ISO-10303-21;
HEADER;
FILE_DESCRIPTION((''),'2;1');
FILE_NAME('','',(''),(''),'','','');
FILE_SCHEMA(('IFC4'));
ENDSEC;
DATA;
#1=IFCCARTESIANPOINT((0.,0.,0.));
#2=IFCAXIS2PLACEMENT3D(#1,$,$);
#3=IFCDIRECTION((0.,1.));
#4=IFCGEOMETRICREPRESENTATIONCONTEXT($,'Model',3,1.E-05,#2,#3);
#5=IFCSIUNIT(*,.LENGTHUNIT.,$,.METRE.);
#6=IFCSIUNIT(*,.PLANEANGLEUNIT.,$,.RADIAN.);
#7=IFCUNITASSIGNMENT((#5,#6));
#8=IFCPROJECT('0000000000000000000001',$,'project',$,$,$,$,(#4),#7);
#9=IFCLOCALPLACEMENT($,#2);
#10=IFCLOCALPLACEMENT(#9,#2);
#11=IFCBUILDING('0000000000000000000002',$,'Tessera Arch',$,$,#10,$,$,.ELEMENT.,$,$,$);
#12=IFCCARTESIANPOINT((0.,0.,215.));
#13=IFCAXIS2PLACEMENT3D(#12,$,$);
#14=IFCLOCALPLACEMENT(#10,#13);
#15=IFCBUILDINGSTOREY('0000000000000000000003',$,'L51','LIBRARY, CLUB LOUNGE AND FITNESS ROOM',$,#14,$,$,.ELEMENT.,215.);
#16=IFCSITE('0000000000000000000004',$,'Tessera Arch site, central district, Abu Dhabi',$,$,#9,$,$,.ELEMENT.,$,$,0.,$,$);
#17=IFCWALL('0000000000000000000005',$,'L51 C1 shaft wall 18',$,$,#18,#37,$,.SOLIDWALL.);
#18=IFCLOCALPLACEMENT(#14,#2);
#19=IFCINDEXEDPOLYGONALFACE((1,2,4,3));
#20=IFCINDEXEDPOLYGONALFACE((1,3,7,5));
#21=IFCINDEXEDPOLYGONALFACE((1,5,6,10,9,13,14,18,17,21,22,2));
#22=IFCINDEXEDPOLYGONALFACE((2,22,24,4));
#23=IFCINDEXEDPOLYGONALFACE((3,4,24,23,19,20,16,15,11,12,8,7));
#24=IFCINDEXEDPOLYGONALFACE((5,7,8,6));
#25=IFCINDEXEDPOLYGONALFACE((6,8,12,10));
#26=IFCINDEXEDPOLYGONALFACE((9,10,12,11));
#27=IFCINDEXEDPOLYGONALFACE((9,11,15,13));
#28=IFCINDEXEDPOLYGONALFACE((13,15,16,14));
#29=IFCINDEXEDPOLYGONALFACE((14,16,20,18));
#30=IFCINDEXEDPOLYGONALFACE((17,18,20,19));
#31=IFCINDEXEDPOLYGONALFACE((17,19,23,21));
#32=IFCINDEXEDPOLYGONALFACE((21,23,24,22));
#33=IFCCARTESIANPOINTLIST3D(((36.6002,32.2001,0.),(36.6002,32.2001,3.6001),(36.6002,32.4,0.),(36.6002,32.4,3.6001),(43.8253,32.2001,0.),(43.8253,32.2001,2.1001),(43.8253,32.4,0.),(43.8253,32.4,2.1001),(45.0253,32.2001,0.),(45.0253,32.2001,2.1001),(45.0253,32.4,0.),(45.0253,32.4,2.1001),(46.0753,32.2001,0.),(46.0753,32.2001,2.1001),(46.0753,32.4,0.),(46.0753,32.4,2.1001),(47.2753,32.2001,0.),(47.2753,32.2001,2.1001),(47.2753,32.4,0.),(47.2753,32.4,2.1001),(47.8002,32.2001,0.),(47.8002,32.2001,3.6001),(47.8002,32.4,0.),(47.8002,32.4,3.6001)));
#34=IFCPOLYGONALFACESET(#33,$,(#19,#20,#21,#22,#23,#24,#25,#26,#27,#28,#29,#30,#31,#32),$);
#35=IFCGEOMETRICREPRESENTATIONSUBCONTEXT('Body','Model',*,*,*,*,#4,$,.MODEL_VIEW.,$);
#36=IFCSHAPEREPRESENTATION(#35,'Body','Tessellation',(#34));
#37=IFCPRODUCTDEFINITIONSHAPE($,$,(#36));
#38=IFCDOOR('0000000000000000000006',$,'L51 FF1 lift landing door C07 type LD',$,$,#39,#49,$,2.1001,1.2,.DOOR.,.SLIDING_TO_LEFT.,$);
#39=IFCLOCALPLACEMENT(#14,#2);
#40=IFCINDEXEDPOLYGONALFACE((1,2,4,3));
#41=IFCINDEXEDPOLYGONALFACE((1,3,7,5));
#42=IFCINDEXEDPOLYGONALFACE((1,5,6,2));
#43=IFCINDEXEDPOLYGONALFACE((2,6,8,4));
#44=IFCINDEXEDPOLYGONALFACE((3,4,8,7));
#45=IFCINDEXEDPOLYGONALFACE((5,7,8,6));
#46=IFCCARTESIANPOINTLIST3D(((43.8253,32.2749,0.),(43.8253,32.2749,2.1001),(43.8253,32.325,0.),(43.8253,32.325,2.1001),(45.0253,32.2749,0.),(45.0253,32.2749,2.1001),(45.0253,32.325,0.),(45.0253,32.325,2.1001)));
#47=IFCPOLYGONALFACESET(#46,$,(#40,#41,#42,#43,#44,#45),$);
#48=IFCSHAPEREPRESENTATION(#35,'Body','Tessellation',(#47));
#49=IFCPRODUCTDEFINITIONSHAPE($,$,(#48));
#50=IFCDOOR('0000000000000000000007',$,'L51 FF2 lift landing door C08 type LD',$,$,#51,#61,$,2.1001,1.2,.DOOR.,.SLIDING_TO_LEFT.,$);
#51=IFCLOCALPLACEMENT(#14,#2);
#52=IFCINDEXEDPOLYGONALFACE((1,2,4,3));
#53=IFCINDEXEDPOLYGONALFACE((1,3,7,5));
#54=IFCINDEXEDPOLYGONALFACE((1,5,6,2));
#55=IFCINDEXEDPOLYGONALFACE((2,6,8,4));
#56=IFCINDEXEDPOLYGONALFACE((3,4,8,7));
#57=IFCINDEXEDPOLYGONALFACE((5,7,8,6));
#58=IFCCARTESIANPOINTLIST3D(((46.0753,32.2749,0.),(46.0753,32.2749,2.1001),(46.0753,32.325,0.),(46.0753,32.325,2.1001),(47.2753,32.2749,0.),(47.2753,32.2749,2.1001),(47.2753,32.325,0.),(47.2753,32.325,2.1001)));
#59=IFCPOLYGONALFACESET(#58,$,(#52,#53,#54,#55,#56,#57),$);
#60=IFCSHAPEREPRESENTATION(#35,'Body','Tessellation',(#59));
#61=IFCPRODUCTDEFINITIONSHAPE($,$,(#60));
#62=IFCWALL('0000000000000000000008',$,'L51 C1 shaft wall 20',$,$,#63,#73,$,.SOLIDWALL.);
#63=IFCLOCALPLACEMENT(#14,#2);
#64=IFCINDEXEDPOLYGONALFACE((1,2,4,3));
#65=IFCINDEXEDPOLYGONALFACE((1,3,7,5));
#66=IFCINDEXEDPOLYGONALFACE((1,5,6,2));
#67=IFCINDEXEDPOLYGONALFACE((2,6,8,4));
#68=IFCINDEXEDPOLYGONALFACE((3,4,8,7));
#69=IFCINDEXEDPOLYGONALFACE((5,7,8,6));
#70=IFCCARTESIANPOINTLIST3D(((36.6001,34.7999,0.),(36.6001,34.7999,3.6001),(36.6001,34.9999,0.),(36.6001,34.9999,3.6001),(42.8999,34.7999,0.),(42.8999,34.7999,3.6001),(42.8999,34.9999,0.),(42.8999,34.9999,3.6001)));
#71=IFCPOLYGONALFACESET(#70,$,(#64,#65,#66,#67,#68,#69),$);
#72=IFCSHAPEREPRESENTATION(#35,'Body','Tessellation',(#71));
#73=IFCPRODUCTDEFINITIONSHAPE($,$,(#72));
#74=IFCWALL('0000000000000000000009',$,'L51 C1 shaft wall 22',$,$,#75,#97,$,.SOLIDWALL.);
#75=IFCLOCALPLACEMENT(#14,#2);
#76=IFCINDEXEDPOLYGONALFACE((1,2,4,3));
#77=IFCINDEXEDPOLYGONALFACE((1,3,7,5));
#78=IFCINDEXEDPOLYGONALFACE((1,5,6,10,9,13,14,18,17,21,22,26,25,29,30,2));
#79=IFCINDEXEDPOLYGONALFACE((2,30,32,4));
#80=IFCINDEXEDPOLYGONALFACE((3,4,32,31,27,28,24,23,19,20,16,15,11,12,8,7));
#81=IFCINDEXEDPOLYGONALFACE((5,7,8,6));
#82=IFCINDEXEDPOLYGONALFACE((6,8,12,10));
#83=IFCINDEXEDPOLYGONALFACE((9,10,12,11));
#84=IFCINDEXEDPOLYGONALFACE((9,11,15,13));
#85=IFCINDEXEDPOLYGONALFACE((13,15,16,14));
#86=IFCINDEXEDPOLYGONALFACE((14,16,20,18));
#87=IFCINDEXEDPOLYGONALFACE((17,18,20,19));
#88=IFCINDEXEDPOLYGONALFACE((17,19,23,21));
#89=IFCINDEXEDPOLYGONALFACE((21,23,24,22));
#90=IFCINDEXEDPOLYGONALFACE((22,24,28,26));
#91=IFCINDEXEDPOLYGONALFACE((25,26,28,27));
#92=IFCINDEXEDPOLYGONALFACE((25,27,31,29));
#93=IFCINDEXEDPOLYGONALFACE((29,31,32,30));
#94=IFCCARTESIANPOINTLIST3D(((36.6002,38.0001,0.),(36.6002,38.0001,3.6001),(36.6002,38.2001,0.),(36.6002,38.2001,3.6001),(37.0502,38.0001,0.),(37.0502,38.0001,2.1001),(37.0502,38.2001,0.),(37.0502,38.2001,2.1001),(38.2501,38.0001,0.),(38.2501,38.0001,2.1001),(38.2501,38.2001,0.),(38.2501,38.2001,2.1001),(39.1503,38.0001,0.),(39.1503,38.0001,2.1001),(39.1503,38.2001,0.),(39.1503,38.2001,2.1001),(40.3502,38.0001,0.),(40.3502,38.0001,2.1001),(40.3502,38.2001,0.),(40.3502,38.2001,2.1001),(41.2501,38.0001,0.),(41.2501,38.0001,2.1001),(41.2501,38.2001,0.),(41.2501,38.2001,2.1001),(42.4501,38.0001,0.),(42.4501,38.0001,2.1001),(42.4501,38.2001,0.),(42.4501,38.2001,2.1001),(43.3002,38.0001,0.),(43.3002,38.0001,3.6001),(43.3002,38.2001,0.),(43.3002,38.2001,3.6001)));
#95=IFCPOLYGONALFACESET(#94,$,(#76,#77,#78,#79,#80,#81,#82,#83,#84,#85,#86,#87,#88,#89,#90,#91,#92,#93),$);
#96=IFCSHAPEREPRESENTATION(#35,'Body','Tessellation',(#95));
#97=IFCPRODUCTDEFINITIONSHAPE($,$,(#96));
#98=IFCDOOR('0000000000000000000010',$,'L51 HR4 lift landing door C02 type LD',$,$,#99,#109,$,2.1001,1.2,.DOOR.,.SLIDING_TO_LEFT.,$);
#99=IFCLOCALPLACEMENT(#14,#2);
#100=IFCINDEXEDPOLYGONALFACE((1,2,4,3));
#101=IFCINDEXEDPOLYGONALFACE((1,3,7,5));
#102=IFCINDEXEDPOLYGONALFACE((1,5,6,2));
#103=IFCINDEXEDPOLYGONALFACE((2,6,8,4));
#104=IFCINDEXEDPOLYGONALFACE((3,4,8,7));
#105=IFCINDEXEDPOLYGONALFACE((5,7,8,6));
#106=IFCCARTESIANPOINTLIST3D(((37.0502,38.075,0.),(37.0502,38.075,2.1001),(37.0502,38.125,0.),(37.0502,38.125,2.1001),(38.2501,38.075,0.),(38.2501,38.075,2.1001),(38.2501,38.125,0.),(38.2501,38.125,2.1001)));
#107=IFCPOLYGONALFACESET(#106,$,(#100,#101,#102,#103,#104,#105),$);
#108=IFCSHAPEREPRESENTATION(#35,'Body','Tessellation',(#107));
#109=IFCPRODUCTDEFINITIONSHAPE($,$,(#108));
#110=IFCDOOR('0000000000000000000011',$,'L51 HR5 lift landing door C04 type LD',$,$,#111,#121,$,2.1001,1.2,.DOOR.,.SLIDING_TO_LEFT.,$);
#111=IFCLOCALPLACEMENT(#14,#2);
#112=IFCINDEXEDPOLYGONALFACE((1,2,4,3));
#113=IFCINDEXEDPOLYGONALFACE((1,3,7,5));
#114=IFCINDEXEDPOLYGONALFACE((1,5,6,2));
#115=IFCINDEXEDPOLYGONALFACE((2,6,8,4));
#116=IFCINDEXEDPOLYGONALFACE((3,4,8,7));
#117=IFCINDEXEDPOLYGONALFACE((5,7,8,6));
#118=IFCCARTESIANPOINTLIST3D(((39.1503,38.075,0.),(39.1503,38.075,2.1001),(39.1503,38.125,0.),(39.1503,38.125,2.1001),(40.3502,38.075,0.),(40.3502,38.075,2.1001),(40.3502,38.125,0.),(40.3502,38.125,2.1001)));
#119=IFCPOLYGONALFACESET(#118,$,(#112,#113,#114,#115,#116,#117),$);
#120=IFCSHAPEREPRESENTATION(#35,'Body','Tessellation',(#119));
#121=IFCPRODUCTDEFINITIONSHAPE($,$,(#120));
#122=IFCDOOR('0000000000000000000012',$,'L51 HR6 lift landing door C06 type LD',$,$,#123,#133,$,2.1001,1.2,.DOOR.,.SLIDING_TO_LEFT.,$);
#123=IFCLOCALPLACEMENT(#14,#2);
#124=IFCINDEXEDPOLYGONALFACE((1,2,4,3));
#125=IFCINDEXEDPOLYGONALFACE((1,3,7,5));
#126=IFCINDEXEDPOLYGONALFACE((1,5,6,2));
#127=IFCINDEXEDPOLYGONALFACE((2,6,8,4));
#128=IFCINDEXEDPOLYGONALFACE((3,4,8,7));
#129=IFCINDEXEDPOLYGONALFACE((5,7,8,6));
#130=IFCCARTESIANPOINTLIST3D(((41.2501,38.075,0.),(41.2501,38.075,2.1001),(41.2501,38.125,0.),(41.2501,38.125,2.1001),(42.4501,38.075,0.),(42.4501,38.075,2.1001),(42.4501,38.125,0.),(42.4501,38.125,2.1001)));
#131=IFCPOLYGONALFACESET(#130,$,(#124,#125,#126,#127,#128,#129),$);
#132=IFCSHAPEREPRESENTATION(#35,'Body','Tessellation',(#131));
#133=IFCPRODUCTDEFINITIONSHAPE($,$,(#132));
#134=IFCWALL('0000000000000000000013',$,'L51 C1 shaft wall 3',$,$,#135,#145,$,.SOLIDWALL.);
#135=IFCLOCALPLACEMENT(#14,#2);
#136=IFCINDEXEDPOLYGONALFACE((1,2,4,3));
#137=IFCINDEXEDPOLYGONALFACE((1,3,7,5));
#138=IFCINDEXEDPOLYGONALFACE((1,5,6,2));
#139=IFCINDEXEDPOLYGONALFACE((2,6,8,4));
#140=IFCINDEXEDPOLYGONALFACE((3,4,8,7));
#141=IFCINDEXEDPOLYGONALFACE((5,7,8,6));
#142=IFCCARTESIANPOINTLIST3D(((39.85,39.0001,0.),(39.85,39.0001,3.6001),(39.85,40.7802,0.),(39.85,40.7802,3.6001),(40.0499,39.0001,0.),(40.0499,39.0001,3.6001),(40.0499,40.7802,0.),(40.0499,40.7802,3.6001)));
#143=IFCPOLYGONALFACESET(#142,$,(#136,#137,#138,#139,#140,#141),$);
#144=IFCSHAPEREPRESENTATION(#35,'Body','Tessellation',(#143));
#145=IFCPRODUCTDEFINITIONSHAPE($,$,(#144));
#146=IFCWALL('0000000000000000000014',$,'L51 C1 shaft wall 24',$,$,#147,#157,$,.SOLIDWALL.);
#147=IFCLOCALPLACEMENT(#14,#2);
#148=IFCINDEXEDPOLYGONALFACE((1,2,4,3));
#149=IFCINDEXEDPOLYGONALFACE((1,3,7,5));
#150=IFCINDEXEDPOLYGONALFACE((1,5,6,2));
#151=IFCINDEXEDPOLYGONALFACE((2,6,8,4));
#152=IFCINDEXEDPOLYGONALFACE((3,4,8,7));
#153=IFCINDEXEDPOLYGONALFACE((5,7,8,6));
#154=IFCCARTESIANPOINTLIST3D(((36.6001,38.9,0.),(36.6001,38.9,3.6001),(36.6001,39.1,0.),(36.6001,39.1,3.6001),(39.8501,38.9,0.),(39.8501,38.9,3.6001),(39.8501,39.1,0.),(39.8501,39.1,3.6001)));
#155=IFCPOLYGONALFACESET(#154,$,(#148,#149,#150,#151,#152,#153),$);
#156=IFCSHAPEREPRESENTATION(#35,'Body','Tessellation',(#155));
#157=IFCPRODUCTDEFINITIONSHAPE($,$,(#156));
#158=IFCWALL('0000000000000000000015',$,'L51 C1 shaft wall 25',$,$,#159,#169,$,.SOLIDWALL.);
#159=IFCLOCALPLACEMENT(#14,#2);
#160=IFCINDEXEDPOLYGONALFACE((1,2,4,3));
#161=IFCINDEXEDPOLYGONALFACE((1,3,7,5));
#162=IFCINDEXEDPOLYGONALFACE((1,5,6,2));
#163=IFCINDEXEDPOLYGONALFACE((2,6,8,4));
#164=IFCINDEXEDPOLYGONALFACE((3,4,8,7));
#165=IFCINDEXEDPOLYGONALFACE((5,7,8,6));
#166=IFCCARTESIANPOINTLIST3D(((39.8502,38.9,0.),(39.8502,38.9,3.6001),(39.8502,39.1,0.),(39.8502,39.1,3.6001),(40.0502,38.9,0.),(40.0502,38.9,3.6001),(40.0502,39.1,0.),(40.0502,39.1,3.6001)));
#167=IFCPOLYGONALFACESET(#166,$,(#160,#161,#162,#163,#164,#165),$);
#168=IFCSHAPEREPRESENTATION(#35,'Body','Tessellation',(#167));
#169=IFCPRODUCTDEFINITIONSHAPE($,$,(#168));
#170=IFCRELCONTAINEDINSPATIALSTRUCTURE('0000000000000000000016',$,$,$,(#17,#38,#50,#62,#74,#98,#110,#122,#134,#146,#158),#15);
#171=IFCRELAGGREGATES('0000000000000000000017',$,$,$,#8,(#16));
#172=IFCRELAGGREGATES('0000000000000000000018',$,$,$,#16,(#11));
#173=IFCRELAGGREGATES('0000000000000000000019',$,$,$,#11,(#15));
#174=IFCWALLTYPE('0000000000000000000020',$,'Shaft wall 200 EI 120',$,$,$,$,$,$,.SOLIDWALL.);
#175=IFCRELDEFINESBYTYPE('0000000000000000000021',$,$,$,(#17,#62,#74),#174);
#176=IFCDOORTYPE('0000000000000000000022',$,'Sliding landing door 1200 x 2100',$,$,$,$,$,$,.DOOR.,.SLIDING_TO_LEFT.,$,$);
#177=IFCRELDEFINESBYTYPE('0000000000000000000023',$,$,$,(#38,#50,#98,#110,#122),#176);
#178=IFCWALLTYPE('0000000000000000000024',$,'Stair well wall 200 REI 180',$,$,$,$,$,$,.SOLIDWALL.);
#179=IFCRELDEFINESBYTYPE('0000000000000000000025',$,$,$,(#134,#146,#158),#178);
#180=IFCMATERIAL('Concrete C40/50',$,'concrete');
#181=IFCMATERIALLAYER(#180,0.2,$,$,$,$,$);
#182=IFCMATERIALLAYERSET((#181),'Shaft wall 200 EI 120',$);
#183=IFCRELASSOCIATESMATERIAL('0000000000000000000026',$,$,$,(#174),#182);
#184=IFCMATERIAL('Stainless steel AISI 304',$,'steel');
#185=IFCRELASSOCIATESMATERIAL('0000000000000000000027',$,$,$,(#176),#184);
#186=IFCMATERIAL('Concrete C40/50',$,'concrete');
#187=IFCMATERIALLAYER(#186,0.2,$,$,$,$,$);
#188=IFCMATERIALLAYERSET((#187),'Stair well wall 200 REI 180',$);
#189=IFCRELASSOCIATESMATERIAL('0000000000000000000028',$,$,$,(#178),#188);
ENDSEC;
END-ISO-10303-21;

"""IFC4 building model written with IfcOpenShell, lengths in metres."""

from ifc_helpers import new_model, si_unit, direction, frame, frame_2d, origin, place, context, subcontext, project, spatial, rectangle, extrude, material, layer, layer_set, type_object, element, fill, save


model = new_model("IFC4")

# Units and contexts
model_context = context("Model", 3, precision=1e-05, world=origin(), true_north=direction((0.0, 1.0)))
body_context = subcontext(model_context, "Body", "Model", "MODEL_VIEW")
ifc_project = project(units=[si_unit("LENGTHUNIT", "METRE"), si_unit("PLANEANGLEUNIT", "RADIAN")], contexts=[model_context])

# Site, building, storey
site_placement = place(None, origin())
site = spatial("IfcSite", under=ifc_project, at=site_placement, Name="Tessera Arch site, central district, Abu Dhabi", CompositionType="ELEMENT", RefElevation=0.0)
building_placement = place(site_placement, origin())
building = spatial("IfcBuilding", under=site, at=building_placement, Name="Tessera Arch", CompositionType="ELEMENT")
storey_placement = place(building_placement, frame((0.0, 0.0, 215.0)))
storey = spatial("IfcBuildingStorey", under=building, at=storey_placement, Name="L51", Description="LIBRARY, CLUB LOUNGE AND FITNESS ROOM", CompositionType="ELEMENT", Elevation=215.0)

# Shared definitions
ifc_material_1 = material(Name="Concrete C40/50", Category="concrete")
ifc_layer_1 = layer(ifc_material_1, 0.2)
ifc_layer_set_1 = layer_set([ifc_layer_1], Name="Shaft wall 200 EI 120")
wall_type_1 = type_object("IfcWallType", Name="Shaft wall 200 EI 120", PredefinedType="SOLIDWALL", material=ifc_layer_set_1)

# Wall, openings, doors
wall_1_placement = place(storey_placement, frame((36.6001, 32.3, 0.0), z_axis=(0.0, 0.0, 1.0), x_axis=(1.0, 0.0, 0.0)))
wall_1 = element("IfcWall", 1, at=wall_1_placement, inside=storey, type_object=wall_type_1, Name="L51 C1 shaft wall 18", PredefinedType="SOLIDWALL", context=body_context, shape_type="SweptSolid", body=[
    extrude(rectangle(XDim=11.2, YDim=0.2, at=frame_2d((5.6001, 0.0))), origin(), (0.0, 0.0, 1.0), 3.6001),
])
opening_1_placement = place(wall_1_placement, frame((7.2251, 0.0, 0.0)))
opening_1 = element("IfcOpeningElement", 2, at=opening_1_placement, cuts=wall_1, PredefinedType="OPENING", context=body_context, shape_type="SweptSolid", body=[
    extrude(rectangle(XDim=1.2, YDim=2.1001, at=frame_2d((0.6001, 1.05))), frame((0.0, 0.1099, 0.0), z_axis=(0.0, -1.0, 0.0), x_axis=(1.0, 0.0, 0.0)), (0.0, 0.0, 1.0), 0.22),
])
opening_2_placement = place(wall_1_placement, frame((9.4751, 0.0, 0.0)))
opening_2 = element("IfcOpeningElement", 3, at=opening_2_placement, cuts=wall_1, PredefinedType="OPENING", context=body_context, shape_type="SweptSolid", body=[
    extrude(rectangle(XDim=1.2, YDim=2.1001, at=frame_2d((0.6001, 1.05))), frame((0.0, 0.1099, 0.0), z_axis=(0.0, -1.0, 0.0), x_axis=(1.0, 0.0, 0.0)), (0.0, 0.0, 1.0), 0.22),
])
ifc_material_2 = material(Name="Stainless steel AISI 304", Category="steel")
door_type = type_object("IfcDoorType", Name="Sliding landing door 1200 x 2100", OperationType="SLIDING_TO_LEFT", PredefinedType="DOOR", material=ifc_material_2)
door_1_placement = place(opening_1_placement, origin())
door_1 = element("IfcDoor", 4, at=door_1_placement, inside=storey, type_object=door_type, Name="L51 FF1 lift landing door C07 type LD", OperationType="SLIDING_TO_LEFT", OverallHeight=2.1001, OverallWidth=1.2, PredefinedType="DOOR", context=body_context, shape_type="SweptSolid", body=[
    extrude(rectangle(XDim=1.2, YDim=2.1001, at=frame_2d((0.6001, 1.05))), frame((0.0, 0.0249, 0.0), z_axis=(0.0, -1.0, 0.0), x_axis=(1.0, 0.0, 0.0)), (0.0, 0.0, 1.0), 0.05),
])
fill(opening_1, door_1)
door_2_placement = place(opening_2_placement, origin())
door_2 = element("IfcDoor", 5, at=door_2_placement, inside=storey, type_object=door_type, Name="L51 FF2 lift landing door C08 type LD", OperationType="SLIDING_TO_LEFT", OverallHeight=2.1001, OverallWidth=1.2, PredefinedType="DOOR", context=body_context, shape_type="SweptSolid", body=[
    extrude(rectangle(XDim=1.2, YDim=2.1001, at=frame_2d((0.6001, 1.05))), frame((0.0, 0.0249, 0.0), z_axis=(0.0, -1.0, 0.0), x_axis=(1.0, 0.0, 0.0)), (0.0, 0.0, 1.0), 0.05),
])
fill(opening_2, door_2)

# Wall
wall_2_placement = place(storey_placement, frame((36.6001, 34.8999, 0.0), z_axis=(0.0, 0.0, 1.0), x_axis=(1.0, 0.0, 0.0)))
element("IfcWall", 6, at=wall_2_placement, inside=storey, type_object=wall_type_1, Name="L51 C1 shaft wall 20", PredefinedType="SOLIDWALL", context=body_context, shape_type="SweptSolid", body=[
    extrude(rectangle(XDim=6.2998, YDim=0.2, at=frame_2d((3.1499, 0.0))), origin(), (0.0, 0.0, 1.0), 3.6001),
])

# Wall, openings, doors
wall_3_placement = place(storey_placement, frame((36.6001, 38.1001, 0.0), z_axis=(0.0, 0.0, 1.0), x_axis=(1.0, 0.0, 0.0)))
wall_3 = element("IfcWall", 7, at=wall_3_placement, inside=storey, type_object=wall_type_1, Name="L51 C1 shaft wall 22", PredefinedType="SOLIDWALL", context=body_context, shape_type="SweptSolid", body=[
    extrude(rectangle(XDim=6.7, YDim=0.2, at=frame_2d((3.3501, 0.0))), origin(), (0.0, 0.0, 1.0), 3.6001),
])
opening_3_placement = place(wall_3_placement, frame((0.45, 0.0, 0.0)))
opening_3 = element("IfcOpeningElement", 8, at=opening_3_placement, cuts=wall_3, PredefinedType="OPENING", context=body_context, shape_type="SweptSolid", body=[
    extrude(rectangle(XDim=1.2, YDim=2.1001, at=frame_2d((0.6001, 1.05))), frame((0.0, 0.1099, 0.0), z_axis=(0.0, -1.0, 0.0), x_axis=(1.0, 0.0, 0.0)), (0.0, 0.0, 1.0), 0.22),
])
opening_4_placement = place(wall_3_placement, frame((2.55, 0.0, 0.0)))
opening_4 = element("IfcOpeningElement", 9, at=opening_4_placement, cuts=wall_3, PredefinedType="OPENING", context=body_context, shape_type="SweptSolid", body=[
    extrude(rectangle(XDim=1.2, YDim=2.1001, at=frame_2d((0.6001, 1.05))), frame((0.0, 0.1099, 0.0), z_axis=(0.0, -1.0, 0.0), x_axis=(1.0, 0.0, 0.0)), (0.0, 0.0, 1.0), 0.22),
])
opening_5_placement = place(wall_3_placement, frame((4.6499, 0.0, 0.0)))
opening_5 = element("IfcOpeningElement", 10, at=opening_5_placement, cuts=wall_3, PredefinedType="OPENING", context=body_context, shape_type="SweptSolid", body=[
    extrude(rectangle(XDim=1.2, YDim=2.1001, at=frame_2d((0.6001, 1.05))), frame((0.0, 0.1099, 0.0), z_axis=(0.0, -1.0, 0.0), x_axis=(1.0, 0.0, 0.0)), (0.0, 0.0, 1.0), 0.22),
])
door_3_placement = place(opening_3_placement, origin())
door_3 = element("IfcDoor", 11, at=door_3_placement, inside=storey, type_object=door_type, Name="L51 HR4 lift landing door C02 type LD", OperationType="SLIDING_TO_LEFT", OverallHeight=2.1001, OverallWidth=1.2, PredefinedType="DOOR", context=body_context, shape_type="SweptSolid", body=[
    extrude(rectangle(XDim=1.2, YDim=2.1001, at=frame_2d((0.6001, 1.05))), frame((0.0, 0.0249, 0.0), z_axis=(0.0, -1.0, 0.0), x_axis=(1.0, 0.0, 0.0)), (0.0, 0.0, 1.0), 0.05),
])
fill(opening_3, door_3)
door_4_placement = place(opening_4_placement, origin())
door_4 = element("IfcDoor", 12, at=door_4_placement, inside=storey, type_object=door_type, Name="L51 HR5 lift landing door C04 type LD", OperationType="SLIDING_TO_LEFT", OverallHeight=2.1001, OverallWidth=1.2, PredefinedType="DOOR", context=body_context, shape_type="SweptSolid", body=[
    extrude(rectangle(XDim=1.2, YDim=2.1001, at=frame_2d((0.6001, 1.05))), frame((0.0, 0.0249, 0.0), z_axis=(0.0, -1.0, 0.0), x_axis=(1.0, 0.0, 0.0)), (0.0, 0.0, 1.0), 0.05),
])
fill(opening_4, door_4)
door_5_placement = place(opening_5_placement, origin())
door_5 = element("IfcDoor", 13, at=door_5_placement, inside=storey, type_object=door_type, Name="L51 HR6 lift landing door C06 type LD", OperationType="SLIDING_TO_LEFT", OverallHeight=2.1001, OverallWidth=1.2, PredefinedType="DOOR", context=body_context, shape_type="SweptSolid", body=[
    extrude(rectangle(XDim=1.2, YDim=2.1001, at=frame_2d((0.6001, 1.05))), frame((0.0, 0.0249, 0.0), z_axis=(0.0, -1.0, 0.0), x_axis=(1.0, 0.0, 0.0)), (0.0, 0.0, 1.0), 0.05),
])
fill(opening_5, door_5)

# Walls
ifc_material_3 = material(Name="Concrete C40/50", Category="concrete")
ifc_layer_2 = layer(ifc_material_3, 0.2)
ifc_layer_set_2 = layer_set([ifc_layer_2], Name="Stair well wall 200 REI 180")
wall_type_2 = type_object("IfcWallType", Name="Stair well wall 200 REI 180", PredefinedType="SOLIDWALL", material=ifc_layer_set_2)
wall_4_placement = place(storey_placement, frame((39.95, 39.0, 0.0), z_axis=(0.0, 0.0, 1.0), x_axis=(0.0, 1.0, 0.0)))
element("IfcWall", 14, at=wall_4_placement, inside=storey, type_object=wall_type_2, Name="L51 C1 shaft wall 3", PredefinedType="SOLIDWALL", context=body_context, shape_type="SweptSolid", body=[
    extrude(rectangle(XDim=1.78, YDim=0.2, at=frame_2d((0.8901, 0.0))), origin(), (0.0, 0.0, 1.0), 3.6001),
])
wall_5_placement = place(storey_placement, frame((36.6001, 39.0, 0.0), z_axis=(0.0, 0.0, 1.0), x_axis=(1.0, 0.0, 0.0)))
element("IfcWall", 15, at=wall_5_placement, inside=storey, type_object=wall_type_2, Name="L51 C1 shaft wall 24", PredefinedType="SOLIDWALL", context=body_context, shape_type="SweptSolid", body=[
    extrude(rectangle(XDim=3.25, YDim=0.2, at=frame_2d((1.625, 0.0))), origin(), (0.0, 0.0, 1.0), 3.6001),
])
wall_6_placement = place(storey_placement, frame((39.8501, 39.0, 0.0), z_axis=(0.0, 0.0, 1.0), x_axis=(1.0, 0.0, 0.0)))
element("IfcWall", 16, at=wall_6_placement, inside=storey, type_object=wall_type_2, Name="L51 C1 shaft wall 25", PredefinedType="SOLIDWALL", context=body_context, shape_type="SweptSolid", body=[
    extrude(rectangle(XDim=0.2, YDim=0.2, at=frame_2d((0.1001, 0.0))), origin(), (0.0, 0.0, 1.0), 3.6001),
])

save(model, "model.ifc")
